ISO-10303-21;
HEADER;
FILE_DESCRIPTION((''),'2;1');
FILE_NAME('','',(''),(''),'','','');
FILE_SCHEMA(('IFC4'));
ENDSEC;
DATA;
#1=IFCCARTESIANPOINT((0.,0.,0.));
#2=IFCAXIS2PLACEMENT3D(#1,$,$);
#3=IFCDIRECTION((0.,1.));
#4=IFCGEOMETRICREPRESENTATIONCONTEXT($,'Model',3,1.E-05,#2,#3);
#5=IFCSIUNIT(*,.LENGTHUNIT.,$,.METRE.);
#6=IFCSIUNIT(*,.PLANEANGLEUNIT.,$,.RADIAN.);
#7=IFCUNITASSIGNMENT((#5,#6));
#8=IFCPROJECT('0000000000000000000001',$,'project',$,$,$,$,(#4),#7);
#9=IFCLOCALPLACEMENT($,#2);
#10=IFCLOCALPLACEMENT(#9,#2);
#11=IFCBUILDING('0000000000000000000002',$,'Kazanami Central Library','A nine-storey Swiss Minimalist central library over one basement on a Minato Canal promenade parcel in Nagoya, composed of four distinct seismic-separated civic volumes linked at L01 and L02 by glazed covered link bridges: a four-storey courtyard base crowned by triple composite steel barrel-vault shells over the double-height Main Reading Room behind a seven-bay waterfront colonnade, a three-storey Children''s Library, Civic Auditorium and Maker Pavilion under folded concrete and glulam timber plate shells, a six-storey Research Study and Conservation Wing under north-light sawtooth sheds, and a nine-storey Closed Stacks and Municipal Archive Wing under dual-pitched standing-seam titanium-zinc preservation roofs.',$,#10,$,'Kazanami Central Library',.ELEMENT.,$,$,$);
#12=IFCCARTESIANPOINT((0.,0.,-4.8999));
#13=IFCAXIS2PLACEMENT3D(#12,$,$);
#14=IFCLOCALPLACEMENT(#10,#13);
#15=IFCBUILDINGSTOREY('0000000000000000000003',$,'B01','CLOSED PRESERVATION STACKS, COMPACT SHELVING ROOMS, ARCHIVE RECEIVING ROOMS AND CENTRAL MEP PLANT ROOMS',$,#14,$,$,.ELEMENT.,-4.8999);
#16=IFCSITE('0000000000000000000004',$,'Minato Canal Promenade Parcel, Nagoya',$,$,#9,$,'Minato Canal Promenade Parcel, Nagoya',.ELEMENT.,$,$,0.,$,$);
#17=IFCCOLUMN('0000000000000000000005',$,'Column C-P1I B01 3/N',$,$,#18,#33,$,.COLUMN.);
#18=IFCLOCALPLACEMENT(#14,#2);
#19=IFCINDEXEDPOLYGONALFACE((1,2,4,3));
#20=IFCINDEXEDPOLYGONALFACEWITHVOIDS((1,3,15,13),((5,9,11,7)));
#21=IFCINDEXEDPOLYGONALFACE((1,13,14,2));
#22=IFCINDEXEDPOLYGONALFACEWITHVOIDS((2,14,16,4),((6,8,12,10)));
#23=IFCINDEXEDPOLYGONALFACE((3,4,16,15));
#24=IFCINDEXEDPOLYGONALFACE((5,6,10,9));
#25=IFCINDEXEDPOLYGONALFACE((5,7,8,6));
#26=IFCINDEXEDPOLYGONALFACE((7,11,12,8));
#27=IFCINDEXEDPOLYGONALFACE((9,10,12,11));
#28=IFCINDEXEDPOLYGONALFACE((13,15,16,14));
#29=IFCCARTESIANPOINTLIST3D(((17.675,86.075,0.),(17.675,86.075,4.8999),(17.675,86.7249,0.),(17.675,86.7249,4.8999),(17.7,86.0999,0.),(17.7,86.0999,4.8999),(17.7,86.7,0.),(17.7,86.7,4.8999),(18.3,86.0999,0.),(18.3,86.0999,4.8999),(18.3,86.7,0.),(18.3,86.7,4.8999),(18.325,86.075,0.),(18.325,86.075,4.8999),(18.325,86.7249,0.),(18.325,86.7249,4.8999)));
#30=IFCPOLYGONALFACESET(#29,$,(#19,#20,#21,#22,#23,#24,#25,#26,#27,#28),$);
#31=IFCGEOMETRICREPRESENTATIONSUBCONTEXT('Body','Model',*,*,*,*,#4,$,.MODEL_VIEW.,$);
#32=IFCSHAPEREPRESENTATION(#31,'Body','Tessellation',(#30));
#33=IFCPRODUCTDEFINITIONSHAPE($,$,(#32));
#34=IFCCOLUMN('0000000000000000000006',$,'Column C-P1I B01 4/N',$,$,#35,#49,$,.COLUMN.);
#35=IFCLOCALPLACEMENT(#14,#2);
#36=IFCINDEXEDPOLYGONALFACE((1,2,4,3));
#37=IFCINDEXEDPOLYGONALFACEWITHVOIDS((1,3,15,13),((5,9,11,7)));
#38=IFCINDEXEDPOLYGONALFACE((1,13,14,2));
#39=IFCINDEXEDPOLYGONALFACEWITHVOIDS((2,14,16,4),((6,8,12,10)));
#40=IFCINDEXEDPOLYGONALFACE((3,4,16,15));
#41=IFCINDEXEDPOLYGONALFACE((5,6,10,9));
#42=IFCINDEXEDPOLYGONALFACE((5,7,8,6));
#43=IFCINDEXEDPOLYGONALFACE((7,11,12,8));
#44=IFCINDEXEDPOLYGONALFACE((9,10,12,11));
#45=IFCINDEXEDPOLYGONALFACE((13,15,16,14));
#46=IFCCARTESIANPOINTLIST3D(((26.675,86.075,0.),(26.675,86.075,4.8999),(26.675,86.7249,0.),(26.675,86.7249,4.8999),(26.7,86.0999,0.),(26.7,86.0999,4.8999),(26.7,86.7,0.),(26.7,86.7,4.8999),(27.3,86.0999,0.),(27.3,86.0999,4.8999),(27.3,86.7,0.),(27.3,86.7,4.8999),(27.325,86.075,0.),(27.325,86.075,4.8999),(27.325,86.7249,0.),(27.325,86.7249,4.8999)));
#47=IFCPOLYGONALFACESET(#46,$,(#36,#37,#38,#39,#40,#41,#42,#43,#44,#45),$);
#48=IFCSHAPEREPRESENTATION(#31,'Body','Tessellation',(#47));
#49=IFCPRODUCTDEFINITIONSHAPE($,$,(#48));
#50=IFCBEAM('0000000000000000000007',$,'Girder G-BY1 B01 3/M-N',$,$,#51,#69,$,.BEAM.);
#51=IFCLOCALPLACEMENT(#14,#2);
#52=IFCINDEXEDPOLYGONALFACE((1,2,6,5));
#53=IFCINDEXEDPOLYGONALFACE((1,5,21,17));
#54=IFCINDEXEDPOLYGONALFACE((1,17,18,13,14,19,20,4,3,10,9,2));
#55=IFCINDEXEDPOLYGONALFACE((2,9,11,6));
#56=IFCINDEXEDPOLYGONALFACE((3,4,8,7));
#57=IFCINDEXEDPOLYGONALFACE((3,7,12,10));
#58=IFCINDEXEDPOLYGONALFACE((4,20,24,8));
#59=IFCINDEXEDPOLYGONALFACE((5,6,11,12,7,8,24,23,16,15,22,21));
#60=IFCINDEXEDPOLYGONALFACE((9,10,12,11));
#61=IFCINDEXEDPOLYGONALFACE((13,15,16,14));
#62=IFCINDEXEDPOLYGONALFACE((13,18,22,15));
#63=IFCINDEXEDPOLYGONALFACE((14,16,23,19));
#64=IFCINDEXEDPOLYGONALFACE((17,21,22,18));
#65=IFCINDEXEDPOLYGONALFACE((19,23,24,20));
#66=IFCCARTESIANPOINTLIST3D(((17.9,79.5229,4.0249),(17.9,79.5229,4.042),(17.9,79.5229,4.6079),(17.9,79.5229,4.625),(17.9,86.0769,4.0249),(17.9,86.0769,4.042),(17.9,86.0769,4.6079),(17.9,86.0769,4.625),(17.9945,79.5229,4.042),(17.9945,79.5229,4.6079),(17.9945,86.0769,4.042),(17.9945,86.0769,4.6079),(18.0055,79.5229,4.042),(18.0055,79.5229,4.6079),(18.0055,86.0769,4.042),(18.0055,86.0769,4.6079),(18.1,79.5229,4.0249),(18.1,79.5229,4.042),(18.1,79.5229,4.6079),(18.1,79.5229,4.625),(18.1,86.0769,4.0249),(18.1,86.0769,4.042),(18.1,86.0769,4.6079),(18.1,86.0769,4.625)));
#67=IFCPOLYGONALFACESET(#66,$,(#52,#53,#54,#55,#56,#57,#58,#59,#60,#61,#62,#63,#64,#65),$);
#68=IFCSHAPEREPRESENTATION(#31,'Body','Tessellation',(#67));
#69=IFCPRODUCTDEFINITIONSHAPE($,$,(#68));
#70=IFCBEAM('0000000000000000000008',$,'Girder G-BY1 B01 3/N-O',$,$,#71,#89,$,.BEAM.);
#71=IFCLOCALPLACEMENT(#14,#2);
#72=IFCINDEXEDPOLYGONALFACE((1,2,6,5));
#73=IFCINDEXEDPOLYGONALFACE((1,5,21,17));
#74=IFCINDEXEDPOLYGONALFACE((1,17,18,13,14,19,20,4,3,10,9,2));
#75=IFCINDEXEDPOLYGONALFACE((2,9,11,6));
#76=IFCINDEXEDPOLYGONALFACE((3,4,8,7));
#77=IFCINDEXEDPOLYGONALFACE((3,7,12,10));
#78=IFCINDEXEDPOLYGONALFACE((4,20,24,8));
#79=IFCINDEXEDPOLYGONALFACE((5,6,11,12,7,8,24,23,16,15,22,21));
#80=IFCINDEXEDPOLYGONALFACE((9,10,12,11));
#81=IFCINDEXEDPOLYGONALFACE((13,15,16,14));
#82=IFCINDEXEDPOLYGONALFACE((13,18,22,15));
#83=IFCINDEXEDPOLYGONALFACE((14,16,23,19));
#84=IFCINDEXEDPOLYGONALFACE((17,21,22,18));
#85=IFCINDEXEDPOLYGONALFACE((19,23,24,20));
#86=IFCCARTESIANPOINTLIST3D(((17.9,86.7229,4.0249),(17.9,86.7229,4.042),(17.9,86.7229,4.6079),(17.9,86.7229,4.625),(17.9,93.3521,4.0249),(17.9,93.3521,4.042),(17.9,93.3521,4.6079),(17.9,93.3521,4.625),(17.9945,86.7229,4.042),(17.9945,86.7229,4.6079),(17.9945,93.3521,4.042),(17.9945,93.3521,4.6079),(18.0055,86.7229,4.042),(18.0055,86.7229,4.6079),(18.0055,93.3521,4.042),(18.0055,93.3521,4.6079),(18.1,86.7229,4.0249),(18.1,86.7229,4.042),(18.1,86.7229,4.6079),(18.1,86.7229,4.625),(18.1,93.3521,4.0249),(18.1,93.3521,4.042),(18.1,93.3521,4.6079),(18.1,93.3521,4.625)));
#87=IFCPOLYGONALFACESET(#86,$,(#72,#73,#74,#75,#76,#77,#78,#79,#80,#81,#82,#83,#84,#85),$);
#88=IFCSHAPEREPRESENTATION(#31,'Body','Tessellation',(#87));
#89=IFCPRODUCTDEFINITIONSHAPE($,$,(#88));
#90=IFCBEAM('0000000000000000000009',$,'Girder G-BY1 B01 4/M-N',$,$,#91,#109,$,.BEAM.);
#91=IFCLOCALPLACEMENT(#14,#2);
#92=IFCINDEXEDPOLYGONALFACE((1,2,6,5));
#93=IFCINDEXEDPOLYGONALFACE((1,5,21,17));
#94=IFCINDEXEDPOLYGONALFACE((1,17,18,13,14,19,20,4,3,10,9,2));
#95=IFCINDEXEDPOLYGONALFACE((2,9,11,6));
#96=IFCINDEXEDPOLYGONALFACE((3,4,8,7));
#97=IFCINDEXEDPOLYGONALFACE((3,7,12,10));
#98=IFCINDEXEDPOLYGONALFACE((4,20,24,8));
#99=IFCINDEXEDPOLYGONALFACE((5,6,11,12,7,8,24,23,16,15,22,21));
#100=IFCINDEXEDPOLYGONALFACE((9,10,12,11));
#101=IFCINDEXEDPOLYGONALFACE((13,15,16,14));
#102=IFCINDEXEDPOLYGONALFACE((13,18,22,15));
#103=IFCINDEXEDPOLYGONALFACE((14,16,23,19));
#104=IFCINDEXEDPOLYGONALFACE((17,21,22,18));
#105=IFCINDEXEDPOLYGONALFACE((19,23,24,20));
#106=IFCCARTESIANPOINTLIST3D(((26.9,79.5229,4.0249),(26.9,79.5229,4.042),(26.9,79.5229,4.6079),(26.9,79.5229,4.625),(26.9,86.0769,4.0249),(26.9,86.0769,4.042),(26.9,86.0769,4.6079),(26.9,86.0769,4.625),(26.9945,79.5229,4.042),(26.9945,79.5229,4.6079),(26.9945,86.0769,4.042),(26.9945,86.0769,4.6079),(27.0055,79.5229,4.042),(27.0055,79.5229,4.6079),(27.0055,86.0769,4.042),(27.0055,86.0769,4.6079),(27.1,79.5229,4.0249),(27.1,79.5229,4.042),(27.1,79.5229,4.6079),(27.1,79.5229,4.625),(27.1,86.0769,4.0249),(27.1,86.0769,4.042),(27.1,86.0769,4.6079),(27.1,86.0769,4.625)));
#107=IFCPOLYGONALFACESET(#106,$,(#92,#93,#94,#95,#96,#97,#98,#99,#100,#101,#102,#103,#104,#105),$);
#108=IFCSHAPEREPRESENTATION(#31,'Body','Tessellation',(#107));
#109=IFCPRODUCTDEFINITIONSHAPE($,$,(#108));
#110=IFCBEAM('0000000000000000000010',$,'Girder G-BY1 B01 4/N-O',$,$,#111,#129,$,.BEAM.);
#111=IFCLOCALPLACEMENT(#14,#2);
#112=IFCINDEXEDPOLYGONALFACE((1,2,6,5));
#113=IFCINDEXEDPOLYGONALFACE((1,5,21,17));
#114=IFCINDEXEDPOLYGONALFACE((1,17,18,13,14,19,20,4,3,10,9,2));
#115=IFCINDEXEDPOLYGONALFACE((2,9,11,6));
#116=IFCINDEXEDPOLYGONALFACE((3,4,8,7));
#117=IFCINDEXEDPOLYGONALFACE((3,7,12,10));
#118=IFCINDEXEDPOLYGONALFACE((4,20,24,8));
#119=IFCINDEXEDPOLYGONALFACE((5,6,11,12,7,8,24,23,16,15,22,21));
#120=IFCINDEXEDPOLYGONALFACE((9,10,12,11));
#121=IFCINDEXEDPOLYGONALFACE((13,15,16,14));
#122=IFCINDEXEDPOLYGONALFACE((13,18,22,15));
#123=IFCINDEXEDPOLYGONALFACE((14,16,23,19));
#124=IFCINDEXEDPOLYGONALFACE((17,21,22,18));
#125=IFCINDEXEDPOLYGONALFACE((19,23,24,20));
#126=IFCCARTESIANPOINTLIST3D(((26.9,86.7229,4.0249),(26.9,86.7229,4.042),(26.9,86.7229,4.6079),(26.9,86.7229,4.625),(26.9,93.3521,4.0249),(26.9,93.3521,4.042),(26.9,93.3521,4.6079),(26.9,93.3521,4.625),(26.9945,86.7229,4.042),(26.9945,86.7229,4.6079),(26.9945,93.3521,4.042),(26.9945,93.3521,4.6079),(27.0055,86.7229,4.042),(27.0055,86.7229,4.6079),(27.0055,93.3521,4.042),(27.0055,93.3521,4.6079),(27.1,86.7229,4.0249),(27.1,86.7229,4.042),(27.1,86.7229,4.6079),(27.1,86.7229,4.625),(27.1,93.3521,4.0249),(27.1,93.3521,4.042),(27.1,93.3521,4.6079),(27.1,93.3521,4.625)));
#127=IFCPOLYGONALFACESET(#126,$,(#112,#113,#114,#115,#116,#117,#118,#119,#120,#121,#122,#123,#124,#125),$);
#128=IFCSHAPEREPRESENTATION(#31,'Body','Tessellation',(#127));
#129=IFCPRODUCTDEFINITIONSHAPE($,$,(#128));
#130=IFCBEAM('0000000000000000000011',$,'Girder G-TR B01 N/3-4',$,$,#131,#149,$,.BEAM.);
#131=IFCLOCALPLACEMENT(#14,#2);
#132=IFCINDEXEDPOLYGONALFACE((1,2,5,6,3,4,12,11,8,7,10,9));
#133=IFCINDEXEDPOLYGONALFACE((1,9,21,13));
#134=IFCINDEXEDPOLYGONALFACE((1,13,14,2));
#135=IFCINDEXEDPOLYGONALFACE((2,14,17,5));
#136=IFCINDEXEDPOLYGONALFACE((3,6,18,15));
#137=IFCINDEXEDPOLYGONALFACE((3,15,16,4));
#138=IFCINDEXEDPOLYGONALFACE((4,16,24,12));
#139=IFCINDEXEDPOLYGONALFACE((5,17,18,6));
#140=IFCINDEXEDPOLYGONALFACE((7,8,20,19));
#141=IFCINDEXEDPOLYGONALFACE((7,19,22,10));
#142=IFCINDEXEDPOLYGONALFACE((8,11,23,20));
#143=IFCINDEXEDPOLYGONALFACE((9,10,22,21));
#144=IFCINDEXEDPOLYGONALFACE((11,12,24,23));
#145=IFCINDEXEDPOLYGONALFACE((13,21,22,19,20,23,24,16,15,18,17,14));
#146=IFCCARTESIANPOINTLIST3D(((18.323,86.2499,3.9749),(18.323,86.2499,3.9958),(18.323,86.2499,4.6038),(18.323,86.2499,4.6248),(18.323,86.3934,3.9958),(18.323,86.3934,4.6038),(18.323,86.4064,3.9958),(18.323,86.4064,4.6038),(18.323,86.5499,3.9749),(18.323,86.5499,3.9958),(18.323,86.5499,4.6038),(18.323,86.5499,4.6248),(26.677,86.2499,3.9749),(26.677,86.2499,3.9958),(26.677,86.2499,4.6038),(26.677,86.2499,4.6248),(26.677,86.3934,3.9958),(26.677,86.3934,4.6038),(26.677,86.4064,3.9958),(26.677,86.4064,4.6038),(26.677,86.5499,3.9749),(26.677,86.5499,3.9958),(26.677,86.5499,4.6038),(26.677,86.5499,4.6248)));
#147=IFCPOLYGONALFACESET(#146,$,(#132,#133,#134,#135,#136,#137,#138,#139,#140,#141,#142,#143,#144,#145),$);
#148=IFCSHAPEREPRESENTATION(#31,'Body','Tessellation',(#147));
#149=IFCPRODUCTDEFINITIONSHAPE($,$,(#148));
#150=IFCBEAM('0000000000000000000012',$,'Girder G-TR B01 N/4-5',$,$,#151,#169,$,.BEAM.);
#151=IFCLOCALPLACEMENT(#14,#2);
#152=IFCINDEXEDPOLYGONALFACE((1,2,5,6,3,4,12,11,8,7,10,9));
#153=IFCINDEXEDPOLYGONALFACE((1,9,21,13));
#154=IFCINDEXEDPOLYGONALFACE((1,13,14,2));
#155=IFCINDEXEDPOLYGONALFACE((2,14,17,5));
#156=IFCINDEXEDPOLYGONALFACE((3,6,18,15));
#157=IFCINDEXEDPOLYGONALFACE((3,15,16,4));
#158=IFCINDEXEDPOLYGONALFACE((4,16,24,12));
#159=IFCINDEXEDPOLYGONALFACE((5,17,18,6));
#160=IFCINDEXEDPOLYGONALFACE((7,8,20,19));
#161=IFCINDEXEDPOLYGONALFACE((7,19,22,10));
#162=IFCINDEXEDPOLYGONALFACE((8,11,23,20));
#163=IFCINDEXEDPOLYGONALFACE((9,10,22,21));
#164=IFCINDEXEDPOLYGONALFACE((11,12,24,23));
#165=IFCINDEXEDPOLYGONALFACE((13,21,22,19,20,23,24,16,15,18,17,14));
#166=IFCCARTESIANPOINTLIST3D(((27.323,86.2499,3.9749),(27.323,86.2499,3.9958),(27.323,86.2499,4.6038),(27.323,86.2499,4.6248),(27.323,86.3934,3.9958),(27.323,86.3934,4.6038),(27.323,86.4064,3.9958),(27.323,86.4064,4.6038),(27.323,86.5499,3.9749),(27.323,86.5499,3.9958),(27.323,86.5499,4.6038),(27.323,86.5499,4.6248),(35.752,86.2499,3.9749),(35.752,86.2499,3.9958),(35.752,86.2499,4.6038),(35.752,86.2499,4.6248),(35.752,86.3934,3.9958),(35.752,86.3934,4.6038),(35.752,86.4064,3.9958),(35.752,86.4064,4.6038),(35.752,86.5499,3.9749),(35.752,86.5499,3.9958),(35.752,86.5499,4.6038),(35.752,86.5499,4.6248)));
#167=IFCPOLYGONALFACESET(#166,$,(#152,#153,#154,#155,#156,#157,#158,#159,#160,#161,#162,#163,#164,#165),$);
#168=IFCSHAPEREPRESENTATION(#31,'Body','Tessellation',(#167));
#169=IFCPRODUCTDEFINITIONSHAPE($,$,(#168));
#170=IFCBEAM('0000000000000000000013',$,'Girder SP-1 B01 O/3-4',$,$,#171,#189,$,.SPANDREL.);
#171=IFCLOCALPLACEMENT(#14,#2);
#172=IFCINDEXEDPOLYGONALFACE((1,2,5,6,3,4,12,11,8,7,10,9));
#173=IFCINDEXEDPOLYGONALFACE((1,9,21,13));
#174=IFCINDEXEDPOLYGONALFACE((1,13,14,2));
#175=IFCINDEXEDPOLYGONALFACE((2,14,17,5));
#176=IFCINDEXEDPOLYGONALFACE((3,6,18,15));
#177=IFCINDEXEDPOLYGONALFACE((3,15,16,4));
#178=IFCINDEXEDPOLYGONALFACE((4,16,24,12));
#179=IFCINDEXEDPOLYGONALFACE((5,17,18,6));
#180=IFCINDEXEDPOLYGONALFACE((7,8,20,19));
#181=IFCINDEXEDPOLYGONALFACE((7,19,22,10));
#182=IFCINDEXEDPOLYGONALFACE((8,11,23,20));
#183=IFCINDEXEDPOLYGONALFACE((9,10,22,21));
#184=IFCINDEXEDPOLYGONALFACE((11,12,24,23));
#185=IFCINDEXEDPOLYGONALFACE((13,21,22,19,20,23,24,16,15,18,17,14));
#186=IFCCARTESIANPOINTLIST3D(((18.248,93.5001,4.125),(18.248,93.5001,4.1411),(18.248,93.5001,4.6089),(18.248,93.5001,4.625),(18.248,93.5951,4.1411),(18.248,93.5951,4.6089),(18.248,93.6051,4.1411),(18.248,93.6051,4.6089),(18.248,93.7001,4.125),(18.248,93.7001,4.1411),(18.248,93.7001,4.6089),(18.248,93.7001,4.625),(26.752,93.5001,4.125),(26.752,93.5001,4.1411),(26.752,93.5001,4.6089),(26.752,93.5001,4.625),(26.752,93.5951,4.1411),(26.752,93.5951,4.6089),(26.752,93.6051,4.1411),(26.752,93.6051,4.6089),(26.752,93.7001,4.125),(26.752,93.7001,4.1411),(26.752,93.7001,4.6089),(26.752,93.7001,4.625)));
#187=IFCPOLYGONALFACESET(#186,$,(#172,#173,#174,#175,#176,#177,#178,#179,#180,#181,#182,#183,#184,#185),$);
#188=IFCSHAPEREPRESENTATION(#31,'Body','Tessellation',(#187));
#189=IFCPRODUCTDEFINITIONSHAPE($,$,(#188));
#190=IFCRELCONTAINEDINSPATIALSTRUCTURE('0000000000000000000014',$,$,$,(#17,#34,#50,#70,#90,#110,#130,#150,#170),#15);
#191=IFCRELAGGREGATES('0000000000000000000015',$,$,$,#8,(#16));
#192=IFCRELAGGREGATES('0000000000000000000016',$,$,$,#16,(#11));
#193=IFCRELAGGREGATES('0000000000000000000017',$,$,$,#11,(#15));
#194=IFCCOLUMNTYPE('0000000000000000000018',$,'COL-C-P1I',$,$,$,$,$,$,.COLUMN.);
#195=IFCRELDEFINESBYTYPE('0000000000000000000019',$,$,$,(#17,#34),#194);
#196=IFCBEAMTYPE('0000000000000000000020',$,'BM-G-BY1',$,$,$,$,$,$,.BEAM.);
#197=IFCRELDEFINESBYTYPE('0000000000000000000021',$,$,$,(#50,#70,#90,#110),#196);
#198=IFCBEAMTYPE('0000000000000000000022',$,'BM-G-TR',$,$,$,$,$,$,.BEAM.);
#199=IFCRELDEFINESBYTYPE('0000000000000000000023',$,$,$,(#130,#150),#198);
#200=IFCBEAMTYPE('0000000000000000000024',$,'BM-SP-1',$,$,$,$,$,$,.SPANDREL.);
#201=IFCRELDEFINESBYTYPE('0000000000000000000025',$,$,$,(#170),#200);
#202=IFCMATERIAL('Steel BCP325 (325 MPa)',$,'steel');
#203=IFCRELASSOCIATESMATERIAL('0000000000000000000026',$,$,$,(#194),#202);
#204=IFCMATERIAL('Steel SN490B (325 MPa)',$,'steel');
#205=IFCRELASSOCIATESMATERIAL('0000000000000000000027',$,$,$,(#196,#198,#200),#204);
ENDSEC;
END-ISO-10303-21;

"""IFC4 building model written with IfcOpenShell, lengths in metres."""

from ifc_helpers import new_model, si_unit, direction, frame, origin, origin_2d, place, context, subcontext, project, spatial, hollow_rectangle, i_section, extrude, material, material_profile, profile_set, type_object, element, save


model = new_model("IFC4")

# Units and contexts
model_context = context("Model", 3, precision=1e-05, world=origin(), true_north=direction((0.0, 1.0)))
body_context = subcontext(model_context, "Body", "Model", "MODEL_VIEW")
ifc_project = project(units=[si_unit("LENGTHUNIT", "METRE"), si_unit("PLANEANGLEUNIT", "RADIAN")], contexts=[model_context])

# Site, building, storey
site_placement = place(None, origin())
site = spatial("IfcSite", under=ifc_project, at=site_placement, Name="Minato Canal Promenade Parcel, Nagoya", LongName="Minato Canal Promenade Parcel, Nagoya", CompositionType="ELEMENT", RefElevation=0.0)
building_placement = place(site_placement, origin())
building = spatial("IfcBuilding", under=site, at=building_placement, Name="Kazanami Central Library", Description="A nine-storey Swiss Minimalist central library over one basement on a Minato Canal promenade parcel in Nagoya, composed of four distinct seismic-separated civic volumes linked at L01 and L02 by glazed covered link bridges: a four-storey courtyard base crowned by triple composite steel barrel-vault shells over the double-height Main Reading Room behind a seven-bay waterfront colonnade, a three-storey Children's Library, Civic Auditorium and Maker Pavilion under folded concrete and glulam timber plate shells, a six-storey Research Study and Conservation Wing under north-light sawtooth sheds, and a nine-storey Closed Stacks and Municipal Archive Wing under dual-pitched standing-seam titanium-zinc preservation roofs.", LongName="Kazanami Central Library", CompositionType="ELEMENT")
storey_placement = place(building_placement, frame((0.0, 0.0, -4.8999)))
storey = spatial("IfcBuildingStorey", under=building, at=storey_placement, Name="B01", Description="CLOSED PRESERVATION STACKS, COMPACT SHELVING ROOMS, ARCHIVE RECEIVING ROOMS AND CENTRAL MEP PLANT ROOMS", CompositionType="ELEMENT", Elevation=-4.8999)

# Columns
ifc_material_1 = material(Name="Steel BCP325 (325 MPa)", Category="steel")
ifc_material_profile_1 = material_profile(ifc_material_1, hollow_rectangle(XDim=0.6499, YDim=0.6499, WallThickness=0.0249, at=origin_2d()), Name="BCP-650x650x25")
ifc_profile_set_1 = profile_set([ifc_material_profile_1], Name="Steel BCP325 (325 MPa)")
column_type_1 = type_object("IfcColumnType", Name="COL-C-P1I", PredefinedType="COLUMN", material=ifc_profile_set_1)
for number, where, z_axis, x_axis, name in (
    (1, (18.0, 86.3999, 0.0), (0.0, 0.0, 1.0), (1.0, 0.0, 0.0), "Column C-P1I B01 3/N"),
    (2, (27.0, 86.3999, 0.0), (0.0, 0.0, 1.0), (1.0, 0.0, 0.0), "Column C-P1I B01 4/N"),
):
    element("IfcColumn", number, at=place(storey_placement, frame(where, z_axis=z_axis, x_axis=x_axis)), inside=storey, type_object=column_type_1, Name=name, PredefinedType="COLUMN", context=body_context, shape_type="SweptSolid", body=[
        extrude(hollow_rectangle(XDim=0.6499, YDim=0.6499, WallThickness=0.0249, at=origin_2d()), origin(), (0.0, 0.0, 1.0), 4.8999),
    ])

# Beams
ifc_material_2 = material(Name="Steel SN490B (325 MPa)", Category="steel")
ifc_material_profile_2 = material_profile(ifc_material_2, i_section(OverallWidth=0.2, OverallDepth=0.6001, WebThickness=0.011, FlangeThickness=0.0171, at=origin_2d()), Name="H-600x200x11x17")
ifc_profile_set_2 = profile_set([ifc_material_profile_2], Name="Steel SN490B (325 MPa)")
beam_type_1 = type_object("IfcBeamType", Name="BM-G-BY1", PredefinedType="BEAM", material=ifc_profile_set_2)
beam_1_placement = place(storey_placement, frame((18.0, 79.5229, 4.325), z_axis=(0.0, 1.0, 0.0), x_axis=(-1.0, 0.0, 0.0)))
element("IfcBeam", 3, at=beam_1_placement, inside=storey, type_object=beam_type_1, Name="Girder G-BY1 B01 3/M-N", PredefinedType="BEAM", context=body_context, shape_type="SweptSolid", body=[
    extrude(i_section(OverallWidth=0.2, OverallDepth=0.6001, WebThickness=0.011, FlangeThickness=0.0171, at=origin_2d()), origin(), (0.0, 0.0, 1.0), 6.554),
])
beam_2_placement = place(storey_placement, frame((18.0, 86.7229, 4.325), z_axis=(0.0, 1.0, 0.0), x_axis=(-1.0, 0.0, 0.0)))
element("IfcBeam", 4, at=beam_2_placement, inside=storey, type_object=beam_type_1, Name="Girder G-BY1 B01 3/N-O", PredefinedType="BEAM", context=body_context, shape_type="SweptSolid", body=[
    extrude(i_section(OverallWidth=0.2, OverallDepth=0.6001, WebThickness=0.011, FlangeThickness=0.0171, at=origin_2d()), origin(), (0.0, 0.0, 1.0), 6.6292),
])
beam_3_placement = place(storey_placement, frame((27.0, 79.5229, 4.325), z_axis=(0.0, 1.0, 0.0), x_axis=(-1.0, 0.0, 0.0)))
element("IfcBeam", 5, at=beam_3_placement, inside=storey, type_object=beam_type_1, Name="Girder G-BY1 B01 4/M-N", PredefinedType="BEAM", context=body_context, shape_type="SweptSolid", body=[
    extrude(i_section(OverallWidth=0.2, OverallDepth=0.6001, WebThickness=0.011, FlangeThickness=0.0171, at=origin_2d()), origin(), (0.0, 0.0, 1.0), 6.554),
])
beam_4_placement = place(storey_placement, frame((27.0, 86.7229, 4.325), z_axis=(0.0, 1.0, 0.0), x_axis=(-1.0, 0.0, 0.0)))
element("IfcBeam", 6, at=beam_4_placement, inside=storey, type_object=beam_type_1, Name="Girder G-BY1 B01 4/N-O", PredefinedType="BEAM", context=body_context, shape_type="SweptSolid", body=[
    extrude(i_section(OverallWidth=0.2, OverallDepth=0.6001, WebThickness=0.011, FlangeThickness=0.0171, at=origin_2d()), origin(), (0.0, 0.0, 1.0), 6.6292),
])
ifc_material_profile_3 = material_profile(ifc_material_2, i_section(OverallWidth=0.3, OverallDepth=0.6499, WebThickness=0.0129, FlangeThickness=0.021, at=origin_2d()), Name="H-650x300x13x21")
ifc_profile_set_3 = profile_set([ifc_material_profile_3], Name="Steel SN490B (325 MPa)")
beam_type_2 = type_object("IfcBeamType", Name="BM-G-TR", PredefinedType="BEAM", material=ifc_profile_set_3)
beam_5_placement = place(storey_placement, frame((18.323, 86.3999, 4.2998), z_axis=(1.0, 0.0, 0.0), x_axis=(0.0, 1.0, 0.0)))
element("IfcBeam", 7, at=beam_5_placement, inside=storey, type_object=beam_type_2, Name="Girder G-TR B01 N/3-4", PredefinedType="BEAM", context=body_context, shape_type="SweptSolid", body=[
    extrude(i_section(OverallWidth=0.3, OverallDepth=0.6499, WebThickness=0.0129, FlangeThickness=0.021, at=origin_2d()), origin(), (0.0, 0.0, 1.0), 8.354),
])
beam_6_placement = place(storey_placement, frame((27.323, 86.3999, 4.2998), z_axis=(1.0, 0.0, 0.0), x_axis=(0.0, 1.0, 0.0)))
element("IfcBeam", 8, at=beam_6_placement, inside=storey, type_object=beam_type_2, Name="Girder G-TR B01 N/4-5", PredefinedType="BEAM", context=body_context, shape_type="SweptSolid", body=[
    extrude(i_section(OverallWidth=0.3, OverallDepth=0.6499, WebThickness=0.0129, FlangeThickness=0.021, at=origin_2d()), origin(), (0.0, 0.0, 1.0), 8.429),
])
ifc_material_profile_4 = material_profile(ifc_material_2, i_section(OverallWidth=0.2, OverallDepth=0.5, WebThickness=0.01, FlangeThickness=0.0161, at=origin_2d()), Name="H-500x200x10x16")
ifc_profile_set_4 = profile_set([ifc_material_profile_4], Name="Steel SN490B (325 MPa)")
beam_type_3 = type_object("IfcBeamType", Name="BM-SP-1", PredefinedType="SPANDREL", material=ifc_profile_set_4)
for number, where, z_axis, x_axis, name in (
    (9, (18.248, 93.6001, 4.375), (1.0, 0.0, 0.0), (0.0, 1.0, 0.0), "Girder SP-1 B01 O/3-4"),
):
    element("IfcBeam", number, at=place(storey_placement, frame(where, z_axis=z_axis, x_axis=x_axis)), inside=storey, type_object=beam_type_3, Name=name, PredefinedType="SPANDREL", context=body_context, shape_type="SweptSolid", body=[
        extrude(i_section(OverallWidth=0.2, OverallDepth=0.5, WebThickness=0.01, FlangeThickness=0.0161, at=origin_2d()), origin(), (0.0, 0.0, 1.0), 8.5039),
    ])

save(model, "model.ifc")
